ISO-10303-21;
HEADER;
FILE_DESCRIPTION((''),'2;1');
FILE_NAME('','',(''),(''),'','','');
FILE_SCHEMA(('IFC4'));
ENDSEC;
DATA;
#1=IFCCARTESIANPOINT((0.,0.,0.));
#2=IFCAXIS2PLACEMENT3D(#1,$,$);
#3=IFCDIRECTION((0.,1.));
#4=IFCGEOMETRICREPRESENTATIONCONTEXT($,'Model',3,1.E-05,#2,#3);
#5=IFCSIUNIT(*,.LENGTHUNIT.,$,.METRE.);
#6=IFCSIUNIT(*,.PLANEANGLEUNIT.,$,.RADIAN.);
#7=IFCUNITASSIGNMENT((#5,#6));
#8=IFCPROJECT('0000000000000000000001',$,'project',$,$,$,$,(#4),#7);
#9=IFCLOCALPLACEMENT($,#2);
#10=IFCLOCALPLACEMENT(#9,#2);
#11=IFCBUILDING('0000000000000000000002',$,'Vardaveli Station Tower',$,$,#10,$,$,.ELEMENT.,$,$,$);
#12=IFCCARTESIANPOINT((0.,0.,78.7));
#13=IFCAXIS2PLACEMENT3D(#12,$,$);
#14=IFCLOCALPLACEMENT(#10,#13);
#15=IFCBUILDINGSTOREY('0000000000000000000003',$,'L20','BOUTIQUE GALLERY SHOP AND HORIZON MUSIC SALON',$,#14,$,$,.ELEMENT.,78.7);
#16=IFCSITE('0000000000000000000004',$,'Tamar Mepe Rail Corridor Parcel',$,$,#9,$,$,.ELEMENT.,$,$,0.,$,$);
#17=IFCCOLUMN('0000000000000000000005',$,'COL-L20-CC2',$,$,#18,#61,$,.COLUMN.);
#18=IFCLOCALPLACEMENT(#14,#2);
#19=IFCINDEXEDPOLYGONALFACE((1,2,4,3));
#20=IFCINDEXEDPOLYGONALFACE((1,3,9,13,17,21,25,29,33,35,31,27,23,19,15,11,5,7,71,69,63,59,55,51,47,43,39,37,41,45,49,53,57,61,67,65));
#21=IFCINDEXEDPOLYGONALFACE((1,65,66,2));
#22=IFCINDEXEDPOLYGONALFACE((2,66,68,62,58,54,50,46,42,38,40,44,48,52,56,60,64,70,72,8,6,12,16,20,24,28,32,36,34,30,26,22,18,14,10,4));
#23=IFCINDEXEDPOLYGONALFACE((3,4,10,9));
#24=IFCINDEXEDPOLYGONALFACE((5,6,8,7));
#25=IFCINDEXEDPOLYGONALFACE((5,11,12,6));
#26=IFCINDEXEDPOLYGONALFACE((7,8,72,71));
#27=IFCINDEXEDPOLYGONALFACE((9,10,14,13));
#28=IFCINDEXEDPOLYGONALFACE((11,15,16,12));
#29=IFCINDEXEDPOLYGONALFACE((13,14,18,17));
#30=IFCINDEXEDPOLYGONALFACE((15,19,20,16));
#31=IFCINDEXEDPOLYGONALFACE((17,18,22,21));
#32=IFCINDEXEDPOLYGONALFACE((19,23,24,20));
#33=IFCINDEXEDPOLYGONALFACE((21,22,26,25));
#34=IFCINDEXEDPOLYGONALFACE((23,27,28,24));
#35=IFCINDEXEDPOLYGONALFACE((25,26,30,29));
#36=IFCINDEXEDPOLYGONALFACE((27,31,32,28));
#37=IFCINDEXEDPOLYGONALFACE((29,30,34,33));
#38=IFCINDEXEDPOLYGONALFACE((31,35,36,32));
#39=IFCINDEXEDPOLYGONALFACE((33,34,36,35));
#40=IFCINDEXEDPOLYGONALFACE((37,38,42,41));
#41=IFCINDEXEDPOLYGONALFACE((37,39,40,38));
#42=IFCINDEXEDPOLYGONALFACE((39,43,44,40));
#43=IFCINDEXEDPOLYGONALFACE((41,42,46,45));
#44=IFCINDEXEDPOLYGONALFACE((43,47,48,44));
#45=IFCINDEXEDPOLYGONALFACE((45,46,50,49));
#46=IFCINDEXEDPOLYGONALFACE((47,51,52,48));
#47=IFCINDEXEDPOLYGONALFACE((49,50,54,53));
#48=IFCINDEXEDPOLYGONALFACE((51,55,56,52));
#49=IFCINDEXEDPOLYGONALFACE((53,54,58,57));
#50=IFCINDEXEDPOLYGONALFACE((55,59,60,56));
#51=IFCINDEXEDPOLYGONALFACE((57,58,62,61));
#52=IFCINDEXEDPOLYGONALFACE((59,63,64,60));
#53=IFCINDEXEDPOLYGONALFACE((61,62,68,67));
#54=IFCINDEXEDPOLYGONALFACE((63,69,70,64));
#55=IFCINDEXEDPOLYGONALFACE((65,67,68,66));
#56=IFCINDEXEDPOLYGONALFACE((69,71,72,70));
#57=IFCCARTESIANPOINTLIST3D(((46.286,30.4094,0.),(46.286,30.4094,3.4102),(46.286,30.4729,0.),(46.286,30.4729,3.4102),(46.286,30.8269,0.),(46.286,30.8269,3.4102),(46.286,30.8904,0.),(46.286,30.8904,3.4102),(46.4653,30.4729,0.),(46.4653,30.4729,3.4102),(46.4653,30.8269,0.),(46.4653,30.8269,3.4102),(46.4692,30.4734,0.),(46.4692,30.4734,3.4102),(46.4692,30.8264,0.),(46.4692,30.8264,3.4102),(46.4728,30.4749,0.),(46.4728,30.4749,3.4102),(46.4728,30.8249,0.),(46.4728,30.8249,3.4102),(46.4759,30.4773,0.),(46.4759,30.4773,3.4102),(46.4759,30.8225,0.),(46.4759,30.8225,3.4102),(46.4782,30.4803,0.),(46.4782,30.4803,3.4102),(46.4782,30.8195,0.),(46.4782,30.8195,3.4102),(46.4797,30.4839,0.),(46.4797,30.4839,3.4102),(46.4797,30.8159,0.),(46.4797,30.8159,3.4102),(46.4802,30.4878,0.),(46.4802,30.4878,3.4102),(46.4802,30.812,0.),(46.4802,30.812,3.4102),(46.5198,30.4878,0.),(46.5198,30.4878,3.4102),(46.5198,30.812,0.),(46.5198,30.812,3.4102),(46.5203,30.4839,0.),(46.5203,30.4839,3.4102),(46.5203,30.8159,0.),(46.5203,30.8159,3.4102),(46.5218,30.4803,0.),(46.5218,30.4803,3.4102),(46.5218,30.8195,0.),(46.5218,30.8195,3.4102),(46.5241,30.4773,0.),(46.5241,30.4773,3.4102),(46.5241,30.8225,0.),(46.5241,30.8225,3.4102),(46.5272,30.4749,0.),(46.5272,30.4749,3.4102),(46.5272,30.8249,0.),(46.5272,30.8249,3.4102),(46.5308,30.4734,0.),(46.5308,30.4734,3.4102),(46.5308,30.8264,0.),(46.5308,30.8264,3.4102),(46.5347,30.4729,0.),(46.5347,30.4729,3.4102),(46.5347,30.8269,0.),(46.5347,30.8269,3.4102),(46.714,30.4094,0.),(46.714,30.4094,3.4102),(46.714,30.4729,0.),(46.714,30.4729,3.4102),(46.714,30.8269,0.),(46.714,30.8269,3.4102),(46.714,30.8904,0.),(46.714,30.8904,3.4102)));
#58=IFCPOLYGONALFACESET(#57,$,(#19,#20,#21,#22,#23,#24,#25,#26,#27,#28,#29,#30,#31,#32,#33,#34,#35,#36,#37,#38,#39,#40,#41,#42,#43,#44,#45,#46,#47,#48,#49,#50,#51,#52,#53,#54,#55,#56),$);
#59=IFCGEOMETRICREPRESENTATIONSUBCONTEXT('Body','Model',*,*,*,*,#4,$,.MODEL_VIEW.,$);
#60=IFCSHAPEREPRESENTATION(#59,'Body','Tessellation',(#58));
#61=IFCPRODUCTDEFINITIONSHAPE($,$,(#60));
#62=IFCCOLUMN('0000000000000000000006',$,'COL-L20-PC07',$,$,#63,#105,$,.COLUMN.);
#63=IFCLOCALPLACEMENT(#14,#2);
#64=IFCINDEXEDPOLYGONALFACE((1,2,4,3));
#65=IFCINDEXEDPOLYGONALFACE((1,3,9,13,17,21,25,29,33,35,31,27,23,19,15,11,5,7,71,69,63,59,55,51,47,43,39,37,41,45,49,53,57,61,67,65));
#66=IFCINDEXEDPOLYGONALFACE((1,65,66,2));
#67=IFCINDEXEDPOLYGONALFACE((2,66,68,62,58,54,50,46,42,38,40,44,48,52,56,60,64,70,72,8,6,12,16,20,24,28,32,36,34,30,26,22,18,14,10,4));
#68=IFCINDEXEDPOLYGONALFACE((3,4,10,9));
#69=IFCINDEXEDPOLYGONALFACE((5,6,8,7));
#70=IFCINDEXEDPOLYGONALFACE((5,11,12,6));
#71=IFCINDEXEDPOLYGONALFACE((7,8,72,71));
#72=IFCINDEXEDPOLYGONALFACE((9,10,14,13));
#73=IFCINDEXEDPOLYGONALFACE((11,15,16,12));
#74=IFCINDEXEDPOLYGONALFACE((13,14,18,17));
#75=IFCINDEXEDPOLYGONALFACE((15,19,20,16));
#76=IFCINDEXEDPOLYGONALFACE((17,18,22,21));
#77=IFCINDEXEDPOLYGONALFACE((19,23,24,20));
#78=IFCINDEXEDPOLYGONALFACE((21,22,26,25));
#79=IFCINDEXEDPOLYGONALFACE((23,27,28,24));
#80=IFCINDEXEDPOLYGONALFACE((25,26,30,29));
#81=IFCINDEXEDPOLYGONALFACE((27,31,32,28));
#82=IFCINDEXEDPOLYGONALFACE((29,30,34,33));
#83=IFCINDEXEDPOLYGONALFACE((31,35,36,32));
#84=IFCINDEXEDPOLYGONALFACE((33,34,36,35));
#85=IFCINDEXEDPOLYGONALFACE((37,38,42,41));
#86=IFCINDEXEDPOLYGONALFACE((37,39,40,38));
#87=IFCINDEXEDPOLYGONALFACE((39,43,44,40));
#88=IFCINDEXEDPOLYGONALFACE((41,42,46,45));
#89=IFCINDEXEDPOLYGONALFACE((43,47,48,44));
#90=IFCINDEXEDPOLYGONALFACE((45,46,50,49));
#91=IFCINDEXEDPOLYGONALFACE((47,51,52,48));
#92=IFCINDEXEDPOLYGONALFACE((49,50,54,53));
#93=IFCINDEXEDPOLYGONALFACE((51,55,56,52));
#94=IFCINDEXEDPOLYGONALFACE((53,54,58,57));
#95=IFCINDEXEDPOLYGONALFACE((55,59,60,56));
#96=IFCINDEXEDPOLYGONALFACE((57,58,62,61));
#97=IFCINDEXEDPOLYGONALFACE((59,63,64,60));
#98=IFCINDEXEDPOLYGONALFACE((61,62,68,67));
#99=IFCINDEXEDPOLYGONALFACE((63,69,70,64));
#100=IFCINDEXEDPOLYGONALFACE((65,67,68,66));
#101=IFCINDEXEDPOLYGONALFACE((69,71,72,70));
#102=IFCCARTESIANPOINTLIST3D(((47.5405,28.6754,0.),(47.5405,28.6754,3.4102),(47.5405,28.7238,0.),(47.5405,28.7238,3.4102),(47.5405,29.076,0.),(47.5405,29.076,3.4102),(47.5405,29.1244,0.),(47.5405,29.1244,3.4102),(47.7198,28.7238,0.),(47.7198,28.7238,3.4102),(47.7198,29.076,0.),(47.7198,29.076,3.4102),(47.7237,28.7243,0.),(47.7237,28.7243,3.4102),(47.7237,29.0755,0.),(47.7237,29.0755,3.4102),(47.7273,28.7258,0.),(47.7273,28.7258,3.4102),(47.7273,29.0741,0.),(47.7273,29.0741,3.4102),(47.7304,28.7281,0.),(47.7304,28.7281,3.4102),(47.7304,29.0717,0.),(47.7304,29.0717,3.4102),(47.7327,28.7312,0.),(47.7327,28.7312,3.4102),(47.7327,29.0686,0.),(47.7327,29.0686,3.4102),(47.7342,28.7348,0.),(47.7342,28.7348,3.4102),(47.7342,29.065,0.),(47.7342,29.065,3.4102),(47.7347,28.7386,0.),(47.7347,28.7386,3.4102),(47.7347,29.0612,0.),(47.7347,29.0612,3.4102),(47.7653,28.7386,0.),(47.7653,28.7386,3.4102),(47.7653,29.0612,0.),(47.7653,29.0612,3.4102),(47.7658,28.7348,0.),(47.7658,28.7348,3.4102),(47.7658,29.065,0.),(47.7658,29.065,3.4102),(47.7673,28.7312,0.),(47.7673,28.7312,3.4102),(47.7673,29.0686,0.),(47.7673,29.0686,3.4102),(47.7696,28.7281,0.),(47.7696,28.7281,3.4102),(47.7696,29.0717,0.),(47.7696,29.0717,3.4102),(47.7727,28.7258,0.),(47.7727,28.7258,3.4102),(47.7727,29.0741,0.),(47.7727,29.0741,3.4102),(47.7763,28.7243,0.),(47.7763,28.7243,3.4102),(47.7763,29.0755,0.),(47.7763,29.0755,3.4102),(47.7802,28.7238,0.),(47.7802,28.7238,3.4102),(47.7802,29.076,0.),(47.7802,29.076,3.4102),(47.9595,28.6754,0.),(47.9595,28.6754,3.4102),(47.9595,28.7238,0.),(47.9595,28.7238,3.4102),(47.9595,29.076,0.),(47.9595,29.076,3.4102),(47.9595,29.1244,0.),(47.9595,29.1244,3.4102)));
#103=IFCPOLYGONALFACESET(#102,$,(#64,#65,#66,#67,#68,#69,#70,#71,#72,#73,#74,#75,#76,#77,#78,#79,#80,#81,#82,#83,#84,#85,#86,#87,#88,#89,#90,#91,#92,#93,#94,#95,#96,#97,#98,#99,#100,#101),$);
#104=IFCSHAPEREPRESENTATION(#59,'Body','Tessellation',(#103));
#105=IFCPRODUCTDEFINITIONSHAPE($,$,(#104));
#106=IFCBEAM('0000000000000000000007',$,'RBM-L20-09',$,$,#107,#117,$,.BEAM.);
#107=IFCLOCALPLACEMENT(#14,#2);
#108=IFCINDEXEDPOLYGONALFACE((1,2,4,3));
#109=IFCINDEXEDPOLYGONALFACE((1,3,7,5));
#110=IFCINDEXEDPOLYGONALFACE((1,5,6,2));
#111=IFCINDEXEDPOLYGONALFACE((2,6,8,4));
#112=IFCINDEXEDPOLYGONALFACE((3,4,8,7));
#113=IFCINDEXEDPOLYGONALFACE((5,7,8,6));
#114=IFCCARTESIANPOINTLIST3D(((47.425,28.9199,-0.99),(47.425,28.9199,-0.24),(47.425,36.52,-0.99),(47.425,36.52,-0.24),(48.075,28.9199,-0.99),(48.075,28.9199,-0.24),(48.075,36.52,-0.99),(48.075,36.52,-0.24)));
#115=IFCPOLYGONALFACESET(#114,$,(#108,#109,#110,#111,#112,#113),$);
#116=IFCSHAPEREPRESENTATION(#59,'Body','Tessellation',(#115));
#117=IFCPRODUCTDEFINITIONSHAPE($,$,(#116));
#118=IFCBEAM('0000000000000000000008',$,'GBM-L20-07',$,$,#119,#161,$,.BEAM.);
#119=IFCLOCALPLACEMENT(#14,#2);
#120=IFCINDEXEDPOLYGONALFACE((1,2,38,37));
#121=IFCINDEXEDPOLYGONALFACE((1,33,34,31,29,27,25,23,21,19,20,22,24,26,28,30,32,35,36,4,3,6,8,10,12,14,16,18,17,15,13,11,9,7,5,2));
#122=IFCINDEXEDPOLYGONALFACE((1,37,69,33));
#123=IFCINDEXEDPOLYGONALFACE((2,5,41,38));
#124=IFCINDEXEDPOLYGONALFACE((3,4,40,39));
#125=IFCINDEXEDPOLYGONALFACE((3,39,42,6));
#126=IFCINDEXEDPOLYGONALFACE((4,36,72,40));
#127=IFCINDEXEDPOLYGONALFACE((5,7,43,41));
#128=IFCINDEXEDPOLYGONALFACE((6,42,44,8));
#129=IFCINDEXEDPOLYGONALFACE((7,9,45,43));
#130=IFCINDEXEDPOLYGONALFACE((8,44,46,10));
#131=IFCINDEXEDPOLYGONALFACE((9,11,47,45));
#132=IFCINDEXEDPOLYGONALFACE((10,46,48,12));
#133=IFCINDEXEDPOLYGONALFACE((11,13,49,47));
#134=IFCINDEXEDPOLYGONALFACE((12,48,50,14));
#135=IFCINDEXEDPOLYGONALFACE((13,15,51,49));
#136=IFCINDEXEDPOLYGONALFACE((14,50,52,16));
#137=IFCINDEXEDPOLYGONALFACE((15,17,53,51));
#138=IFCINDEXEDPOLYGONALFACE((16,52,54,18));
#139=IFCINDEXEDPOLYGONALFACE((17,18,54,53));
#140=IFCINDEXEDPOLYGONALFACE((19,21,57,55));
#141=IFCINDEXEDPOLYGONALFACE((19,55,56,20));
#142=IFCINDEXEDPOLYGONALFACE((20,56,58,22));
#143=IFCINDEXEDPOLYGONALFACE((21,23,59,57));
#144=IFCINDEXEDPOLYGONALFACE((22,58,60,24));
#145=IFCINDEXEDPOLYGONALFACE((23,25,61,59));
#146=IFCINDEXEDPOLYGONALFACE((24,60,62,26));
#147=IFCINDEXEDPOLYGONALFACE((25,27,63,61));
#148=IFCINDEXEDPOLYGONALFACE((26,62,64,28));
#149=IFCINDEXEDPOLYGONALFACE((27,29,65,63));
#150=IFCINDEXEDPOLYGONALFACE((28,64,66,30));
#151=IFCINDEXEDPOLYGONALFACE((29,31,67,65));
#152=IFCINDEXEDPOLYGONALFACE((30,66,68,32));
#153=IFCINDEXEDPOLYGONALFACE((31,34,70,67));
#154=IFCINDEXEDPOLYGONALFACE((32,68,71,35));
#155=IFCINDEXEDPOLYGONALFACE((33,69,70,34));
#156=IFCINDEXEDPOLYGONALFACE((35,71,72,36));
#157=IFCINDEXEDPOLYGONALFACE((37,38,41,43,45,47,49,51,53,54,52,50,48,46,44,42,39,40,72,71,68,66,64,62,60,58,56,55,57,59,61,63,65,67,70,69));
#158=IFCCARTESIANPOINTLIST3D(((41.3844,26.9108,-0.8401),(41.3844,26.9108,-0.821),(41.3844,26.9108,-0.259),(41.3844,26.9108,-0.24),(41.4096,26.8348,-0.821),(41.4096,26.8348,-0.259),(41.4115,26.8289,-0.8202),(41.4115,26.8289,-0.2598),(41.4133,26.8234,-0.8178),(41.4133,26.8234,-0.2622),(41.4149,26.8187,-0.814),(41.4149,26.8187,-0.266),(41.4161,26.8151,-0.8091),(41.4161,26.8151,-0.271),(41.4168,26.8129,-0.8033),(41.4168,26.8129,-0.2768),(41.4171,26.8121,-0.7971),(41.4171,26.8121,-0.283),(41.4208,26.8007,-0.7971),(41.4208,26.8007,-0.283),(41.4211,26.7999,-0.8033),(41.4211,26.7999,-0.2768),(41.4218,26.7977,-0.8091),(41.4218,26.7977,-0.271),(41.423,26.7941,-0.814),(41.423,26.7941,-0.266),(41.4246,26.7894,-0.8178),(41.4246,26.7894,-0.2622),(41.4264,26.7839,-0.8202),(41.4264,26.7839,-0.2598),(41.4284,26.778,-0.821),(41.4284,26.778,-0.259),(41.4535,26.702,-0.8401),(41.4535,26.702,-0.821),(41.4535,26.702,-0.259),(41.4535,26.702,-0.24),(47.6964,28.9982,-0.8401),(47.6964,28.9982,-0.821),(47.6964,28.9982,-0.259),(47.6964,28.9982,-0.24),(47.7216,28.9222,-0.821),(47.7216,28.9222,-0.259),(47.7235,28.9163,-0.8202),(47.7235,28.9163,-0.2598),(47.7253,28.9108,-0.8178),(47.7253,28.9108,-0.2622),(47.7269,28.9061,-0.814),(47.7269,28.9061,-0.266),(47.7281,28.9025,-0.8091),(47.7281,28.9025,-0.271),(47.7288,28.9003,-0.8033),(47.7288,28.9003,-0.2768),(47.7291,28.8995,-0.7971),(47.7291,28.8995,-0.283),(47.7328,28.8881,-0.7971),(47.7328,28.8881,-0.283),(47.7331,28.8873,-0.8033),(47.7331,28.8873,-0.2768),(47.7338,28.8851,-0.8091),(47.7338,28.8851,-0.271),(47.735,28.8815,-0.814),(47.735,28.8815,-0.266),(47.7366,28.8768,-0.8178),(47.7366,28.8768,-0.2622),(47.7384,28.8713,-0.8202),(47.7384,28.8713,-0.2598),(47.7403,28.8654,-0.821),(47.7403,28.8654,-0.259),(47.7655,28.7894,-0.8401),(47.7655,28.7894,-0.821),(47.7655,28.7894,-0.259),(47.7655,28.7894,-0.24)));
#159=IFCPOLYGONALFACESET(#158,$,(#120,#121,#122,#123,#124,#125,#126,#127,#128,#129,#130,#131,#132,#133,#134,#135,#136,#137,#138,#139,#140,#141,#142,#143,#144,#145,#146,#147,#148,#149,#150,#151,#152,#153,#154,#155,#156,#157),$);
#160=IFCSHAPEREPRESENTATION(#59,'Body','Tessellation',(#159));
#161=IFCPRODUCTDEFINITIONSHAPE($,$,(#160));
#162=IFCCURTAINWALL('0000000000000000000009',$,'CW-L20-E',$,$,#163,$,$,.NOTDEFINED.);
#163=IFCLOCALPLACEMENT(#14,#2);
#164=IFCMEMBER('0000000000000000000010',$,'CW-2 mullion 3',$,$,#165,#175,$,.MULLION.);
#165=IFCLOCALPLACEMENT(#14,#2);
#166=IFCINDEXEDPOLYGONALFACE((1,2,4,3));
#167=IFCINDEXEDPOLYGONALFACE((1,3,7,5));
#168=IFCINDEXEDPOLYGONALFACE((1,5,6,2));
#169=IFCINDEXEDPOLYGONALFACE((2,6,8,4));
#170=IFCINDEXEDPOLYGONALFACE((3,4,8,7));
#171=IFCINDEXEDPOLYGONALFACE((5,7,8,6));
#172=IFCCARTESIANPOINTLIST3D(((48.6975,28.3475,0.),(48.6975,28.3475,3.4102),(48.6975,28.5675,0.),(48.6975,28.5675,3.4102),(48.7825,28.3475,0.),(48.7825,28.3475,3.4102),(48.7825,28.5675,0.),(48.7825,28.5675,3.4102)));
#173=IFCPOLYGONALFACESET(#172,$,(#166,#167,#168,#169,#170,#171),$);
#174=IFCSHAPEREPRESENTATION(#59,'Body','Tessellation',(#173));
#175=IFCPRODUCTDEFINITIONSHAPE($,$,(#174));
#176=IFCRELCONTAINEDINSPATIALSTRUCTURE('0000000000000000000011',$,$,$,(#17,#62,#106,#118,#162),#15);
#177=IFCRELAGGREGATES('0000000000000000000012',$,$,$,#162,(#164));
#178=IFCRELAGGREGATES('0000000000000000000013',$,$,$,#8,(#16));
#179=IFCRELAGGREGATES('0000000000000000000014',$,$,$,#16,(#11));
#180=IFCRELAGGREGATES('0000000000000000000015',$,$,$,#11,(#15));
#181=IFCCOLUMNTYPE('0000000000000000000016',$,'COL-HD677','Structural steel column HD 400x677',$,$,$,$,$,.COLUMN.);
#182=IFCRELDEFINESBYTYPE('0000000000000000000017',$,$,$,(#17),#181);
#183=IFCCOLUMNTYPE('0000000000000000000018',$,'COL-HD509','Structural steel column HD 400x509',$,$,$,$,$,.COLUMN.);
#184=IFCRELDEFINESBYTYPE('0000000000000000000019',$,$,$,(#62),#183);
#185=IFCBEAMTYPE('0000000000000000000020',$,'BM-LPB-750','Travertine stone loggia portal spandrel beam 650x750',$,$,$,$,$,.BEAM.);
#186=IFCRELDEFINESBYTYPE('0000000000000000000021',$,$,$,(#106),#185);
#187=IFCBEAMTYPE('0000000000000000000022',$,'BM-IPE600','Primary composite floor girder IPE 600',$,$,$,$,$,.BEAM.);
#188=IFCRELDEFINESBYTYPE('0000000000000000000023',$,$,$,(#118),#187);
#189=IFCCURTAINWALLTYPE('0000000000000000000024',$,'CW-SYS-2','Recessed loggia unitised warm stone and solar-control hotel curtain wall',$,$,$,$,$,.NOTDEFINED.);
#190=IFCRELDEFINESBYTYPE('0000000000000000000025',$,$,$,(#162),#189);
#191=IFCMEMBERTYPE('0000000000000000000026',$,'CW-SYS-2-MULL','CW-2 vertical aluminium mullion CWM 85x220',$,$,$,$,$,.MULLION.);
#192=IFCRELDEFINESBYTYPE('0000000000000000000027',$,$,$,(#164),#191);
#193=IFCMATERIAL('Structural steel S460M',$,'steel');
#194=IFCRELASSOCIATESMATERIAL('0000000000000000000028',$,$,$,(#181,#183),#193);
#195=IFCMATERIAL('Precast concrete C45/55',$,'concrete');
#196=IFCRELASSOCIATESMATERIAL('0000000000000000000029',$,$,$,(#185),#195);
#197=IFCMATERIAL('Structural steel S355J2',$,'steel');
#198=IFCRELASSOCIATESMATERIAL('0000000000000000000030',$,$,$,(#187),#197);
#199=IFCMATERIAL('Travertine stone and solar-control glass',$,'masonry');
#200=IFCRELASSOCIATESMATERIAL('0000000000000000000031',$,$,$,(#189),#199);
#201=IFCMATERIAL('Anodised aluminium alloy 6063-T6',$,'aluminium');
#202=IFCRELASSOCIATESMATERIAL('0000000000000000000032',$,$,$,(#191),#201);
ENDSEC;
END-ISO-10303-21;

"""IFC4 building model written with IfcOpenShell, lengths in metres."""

from ifc_helpers import new_model, si_unit, direction, frame, origin, origin_2d, place, context, subcontext, project, spatial, rectangle, i_section, extrude, source, transform, mapped, material, material_profile, profile_set, type_object, element, aggregate, save


model = new_model("IFC4")

# Units and contexts
model_context = context("Model", 3, precision=1e-05, world=origin(), true_north=direction((0.0, 1.0)))
body_context = subcontext(model_context, "Body", "Model", "MODEL_VIEW")
ifc_project = project(units=[si_unit("LENGTHUNIT", "METRE"), si_unit("PLANEANGLEUNIT", "RADIAN")], contexts=[model_context])

# Site, building, storey
site_placement = place(None, origin())
site = spatial("IfcSite", under=ifc_project, at=site_placement, Name="Tamar Mepe Rail Corridor Parcel", CompositionType="ELEMENT", RefElevation=0.0)
building_placement = place(site_placement, origin())
building = spatial("IfcBuilding", under=site, at=building_placement, Name="Vardaveli Station Tower", CompositionType="ELEMENT")
storey_placement = place(building_placement, frame((0.0, 0.0, 78.7)))
storey = spatial("IfcBuildingStorey", under=building, at=storey_placement, Name="L20", Description="BOUTIQUE GALLERY SHOP AND HORIZON MUSIC SALON", CompositionType="ELEMENT", Elevation=78.7)

# Columns
ifc_material_1 = material(Name="Structural steel S460M", Category="steel")
ifc_material_profile_1 = material_profile(ifc_material_1, i_section(OverallWidth=0.428, OverallDepth=0.481, WebThickness=0.0396, FlangeThickness=0.0635, FilletRadius=0.0149, at=origin_2d()), Name="HD 400x677")
ifc_profile_set_1 = profile_set([ifc_material_profile_1], Name="Structural steel S460M")
column_type_1 = type_object("IfcColumnType", Name="COL-HD677", Description="Structural steel column HD 400x677", PredefinedType="COLUMN", material=ifc_profile_set_1)
shared_shape_1 = source(origin(), body_context, "Body", "SweptSolid", [
    extrude(i_section(OverallWidth=0.428, OverallDepth=0.481, WebThickness=0.0396, FlangeThickness=0.0635, FilletRadius=0.0149, at=origin_2d()), origin(), (0.0, 0.0, 1.0), 3.4102),
])
column_1_placement = place(storey_placement, frame((46.5, 30.6499, 0.0), z_axis=(0.0, 0.0, 1.0), x_axis=(1.0, 0.0, 0.0)))
element("IfcColumn", 1, at=column_1_placement, inside=storey, type_object=column_type_1, Name="COL-L20-CC2", PredefinedType="COLUMN", context=body_context, shape_type="MappedRepresentation", body=[
    mapped(shared_shape_1, transform((0.0, 0.0, 0.0), scale=1.0)),
])
ifc_material_profile_2 = material_profile(ifc_material_1, i_section(OverallWidth=0.4189, OverallDepth=0.449, WebThickness=0.0305, FlangeThickness=0.0483, FilletRadius=0.0149, at=origin_2d()), Name="HD 400x509")
ifc_profile_set_2 = profile_set([ifc_material_profile_2], Name="Structural steel S460M")
column_type_2 = type_object("IfcColumnType", Name="COL-HD509", Description="Structural steel column HD 400x509", PredefinedType="COLUMN", material=ifc_profile_set_2)
shared_shape_2 = source(origin(), body_context, "Body", "SweptSolid", [
    extrude(i_section(OverallWidth=0.4189, OverallDepth=0.449, WebThickness=0.0305, FlangeThickness=0.0483, FilletRadius=0.0149, at=origin_2d()), origin(), (0.0, 0.0, 1.0), 3.4102),
])
column_2_placement = place(storey_placement, frame((47.75, 28.8999, 0.0), z_axis=(0.0, 0.0, 1.0), x_axis=(1.0, 0.0, 0.0)))
element("IfcColumn", 2, at=column_2_placement, inside=storey, type_object=column_type_2, Name="COL-L20-PC07", PredefinedType="COLUMN", context=body_context, shape_type="MappedRepresentation", body=[
    mapped(shared_shape_2, transform((0.0, 0.0, 0.0), scale=1.0)),
])

# Beams
ifc_material_2 = material(Name="Precast concrete C45/55", Category="concrete")
ifc_material_profile_3 = material_profile(ifc_material_2, rectangle(XDim=0.6499, YDim=0.75, at=origin_2d()), Name="LPB 650x750")
ifc_profile_set_3 = profile_set([ifc_material_profile_3], Name="Precast concrete C45/55")
beam_type_1 = type_object("IfcBeamType", Name="BM-LPB-750", Description="Travertine stone loggia portal spandrel beam 650x750", PredefinedType="BEAM", material=ifc_profile_set_3)
shared_shape_3 = source(origin(), body_context, "Body", "SweptSolid", [
    extrude(rectangle(XDim=0.6499, YDim=0.75, at=origin_2d()), origin(), (0.0, 0.0, 1.0), 7.6001),
])
beam_1_placement = place(storey_placement, frame((47.75, 28.9199, -0.615), z_axis=(0.0, 1.0, 0.0), x_axis=(-1.0, 0.0, 0.0)))
element("IfcBeam", 3, at=beam_1_placement, inside=storey, type_object=beam_type_1, Name="RBM-L20-09", PredefinedType="BEAM", context=body_context, shape_type="MappedRepresentation", body=[
    mapped(shared_shape_3, transform((0.0, 0.0, 0.0), scale=1.0)),
])
ifc_material_3 = material(Name="Structural steel S355J2", Category="steel")
ifc_material_profile_4 = material_profile(ifc_material_3, i_section(OverallWidth=0.22, OverallDepth=0.6001, WebThickness=0.012, FlangeThickness=0.019, FilletRadius=0.0239, at=origin_2d()), Name="IPE 600")
ifc_profile_set_4 = profile_set([ifc_material_profile_4], Name="Structural steel S355J2")
beam_type_2 = type_object("IfcBeamType", Name="BM-IPE600", Description="Primary composite floor girder IPE 600", PredefinedType="BEAM", material=ifc_profile_set_4)
shared_shape_4 = source(origin(), body_context, "Body", "SweptSolid", [
    extrude(i_section(OverallWidth=0.22, OverallDepth=0.6001, WebThickness=0.012, FlangeThickness=0.019, FilletRadius=0.0239, at=origin_2d()), origin(), (0.0, 0.0, 1.0), 6.6482),
])
beam_2_placement = place(storey_placement, frame((47.731, 28.8938, -0.54), z_axis=(-0.94943, -0.313979, 0.0), x_axis=(0.313979, -0.94943, 0.0)))
element("IfcBeam", 4, at=beam_2_placement, inside=storey, type_object=beam_type_2, Name="GBM-L20-07", PredefinedType="BEAM", context=body_context, shape_type="MappedRepresentation", body=[
    mapped(shared_shape_4, transform((0.0, 0.0, 0.0), scale=1.0)),
])

# Curtain wall, member
ifc_material_4 = material(Name="Travertine stone and solar-control glass", Category="masonry")
curtain_wall_type = type_object("IfcCurtainWallType", Name="CW-SYS-2", Description="Recessed loggia unitised warm stone and solar-control hotel curtain wall", PredefinedType="NOTDEFINED", material=ifc_material_4)
curtain_wall_placement = place(storey_placement, origin())
curtain_wall = element("IfcCurtainWall", 5, at=curtain_wall_placement, inside=storey, type_object=curtain_wall_type, Name="CW-L20-E", PredefinedType="NOTDEFINED")
ifc_material_5 = material(Name="Anodised aluminium alloy 6063-T6", Category="aluminium")
ifc_material_profile_5 = material_profile(ifc_material_5, rectangle(XDim=0.085, YDim=0.22, at=origin_2d()), Name="CWM 85x220")
ifc_profile_set_5 = profile_set([ifc_material_profile_5], Name="Anodised aluminium alloy 6063-T6")
member_type = type_object("IfcMemberType", Name="CW-SYS-2-MULL", Description="CW-2 vertical aluminium mullion CWM 85x220", PredefinedType="MULLION", material=ifc_profile_set_5)
shared_shape_5 = source(origin(), body_context, "Body", "SweptSolid", [
    extrude(rectangle(XDim=0.085, YDim=0.22, at=origin_2d()), origin(), (0.0, 0.0, 1.0), 3.4102),
])
member_placement = place(storey_placement, frame((48.74, 28.4575, 0.0), z_axis=(0.0, 0.0, 1.0), x_axis=(-1.0, 0.0, 0.0)))
member = element("IfcMember", 6, at=member_placement, type_object=member_type, Name="CW-2 mullion 3", PredefinedType="MULLION", context=body_context, shape_type="MappedRepresentation", body=[
    mapped(shared_shape_5, transform((0.0, 0.0, 0.0), scale=1.0)),
])
aggregate(curtain_wall, [member])

save(model, "model.ifc")
